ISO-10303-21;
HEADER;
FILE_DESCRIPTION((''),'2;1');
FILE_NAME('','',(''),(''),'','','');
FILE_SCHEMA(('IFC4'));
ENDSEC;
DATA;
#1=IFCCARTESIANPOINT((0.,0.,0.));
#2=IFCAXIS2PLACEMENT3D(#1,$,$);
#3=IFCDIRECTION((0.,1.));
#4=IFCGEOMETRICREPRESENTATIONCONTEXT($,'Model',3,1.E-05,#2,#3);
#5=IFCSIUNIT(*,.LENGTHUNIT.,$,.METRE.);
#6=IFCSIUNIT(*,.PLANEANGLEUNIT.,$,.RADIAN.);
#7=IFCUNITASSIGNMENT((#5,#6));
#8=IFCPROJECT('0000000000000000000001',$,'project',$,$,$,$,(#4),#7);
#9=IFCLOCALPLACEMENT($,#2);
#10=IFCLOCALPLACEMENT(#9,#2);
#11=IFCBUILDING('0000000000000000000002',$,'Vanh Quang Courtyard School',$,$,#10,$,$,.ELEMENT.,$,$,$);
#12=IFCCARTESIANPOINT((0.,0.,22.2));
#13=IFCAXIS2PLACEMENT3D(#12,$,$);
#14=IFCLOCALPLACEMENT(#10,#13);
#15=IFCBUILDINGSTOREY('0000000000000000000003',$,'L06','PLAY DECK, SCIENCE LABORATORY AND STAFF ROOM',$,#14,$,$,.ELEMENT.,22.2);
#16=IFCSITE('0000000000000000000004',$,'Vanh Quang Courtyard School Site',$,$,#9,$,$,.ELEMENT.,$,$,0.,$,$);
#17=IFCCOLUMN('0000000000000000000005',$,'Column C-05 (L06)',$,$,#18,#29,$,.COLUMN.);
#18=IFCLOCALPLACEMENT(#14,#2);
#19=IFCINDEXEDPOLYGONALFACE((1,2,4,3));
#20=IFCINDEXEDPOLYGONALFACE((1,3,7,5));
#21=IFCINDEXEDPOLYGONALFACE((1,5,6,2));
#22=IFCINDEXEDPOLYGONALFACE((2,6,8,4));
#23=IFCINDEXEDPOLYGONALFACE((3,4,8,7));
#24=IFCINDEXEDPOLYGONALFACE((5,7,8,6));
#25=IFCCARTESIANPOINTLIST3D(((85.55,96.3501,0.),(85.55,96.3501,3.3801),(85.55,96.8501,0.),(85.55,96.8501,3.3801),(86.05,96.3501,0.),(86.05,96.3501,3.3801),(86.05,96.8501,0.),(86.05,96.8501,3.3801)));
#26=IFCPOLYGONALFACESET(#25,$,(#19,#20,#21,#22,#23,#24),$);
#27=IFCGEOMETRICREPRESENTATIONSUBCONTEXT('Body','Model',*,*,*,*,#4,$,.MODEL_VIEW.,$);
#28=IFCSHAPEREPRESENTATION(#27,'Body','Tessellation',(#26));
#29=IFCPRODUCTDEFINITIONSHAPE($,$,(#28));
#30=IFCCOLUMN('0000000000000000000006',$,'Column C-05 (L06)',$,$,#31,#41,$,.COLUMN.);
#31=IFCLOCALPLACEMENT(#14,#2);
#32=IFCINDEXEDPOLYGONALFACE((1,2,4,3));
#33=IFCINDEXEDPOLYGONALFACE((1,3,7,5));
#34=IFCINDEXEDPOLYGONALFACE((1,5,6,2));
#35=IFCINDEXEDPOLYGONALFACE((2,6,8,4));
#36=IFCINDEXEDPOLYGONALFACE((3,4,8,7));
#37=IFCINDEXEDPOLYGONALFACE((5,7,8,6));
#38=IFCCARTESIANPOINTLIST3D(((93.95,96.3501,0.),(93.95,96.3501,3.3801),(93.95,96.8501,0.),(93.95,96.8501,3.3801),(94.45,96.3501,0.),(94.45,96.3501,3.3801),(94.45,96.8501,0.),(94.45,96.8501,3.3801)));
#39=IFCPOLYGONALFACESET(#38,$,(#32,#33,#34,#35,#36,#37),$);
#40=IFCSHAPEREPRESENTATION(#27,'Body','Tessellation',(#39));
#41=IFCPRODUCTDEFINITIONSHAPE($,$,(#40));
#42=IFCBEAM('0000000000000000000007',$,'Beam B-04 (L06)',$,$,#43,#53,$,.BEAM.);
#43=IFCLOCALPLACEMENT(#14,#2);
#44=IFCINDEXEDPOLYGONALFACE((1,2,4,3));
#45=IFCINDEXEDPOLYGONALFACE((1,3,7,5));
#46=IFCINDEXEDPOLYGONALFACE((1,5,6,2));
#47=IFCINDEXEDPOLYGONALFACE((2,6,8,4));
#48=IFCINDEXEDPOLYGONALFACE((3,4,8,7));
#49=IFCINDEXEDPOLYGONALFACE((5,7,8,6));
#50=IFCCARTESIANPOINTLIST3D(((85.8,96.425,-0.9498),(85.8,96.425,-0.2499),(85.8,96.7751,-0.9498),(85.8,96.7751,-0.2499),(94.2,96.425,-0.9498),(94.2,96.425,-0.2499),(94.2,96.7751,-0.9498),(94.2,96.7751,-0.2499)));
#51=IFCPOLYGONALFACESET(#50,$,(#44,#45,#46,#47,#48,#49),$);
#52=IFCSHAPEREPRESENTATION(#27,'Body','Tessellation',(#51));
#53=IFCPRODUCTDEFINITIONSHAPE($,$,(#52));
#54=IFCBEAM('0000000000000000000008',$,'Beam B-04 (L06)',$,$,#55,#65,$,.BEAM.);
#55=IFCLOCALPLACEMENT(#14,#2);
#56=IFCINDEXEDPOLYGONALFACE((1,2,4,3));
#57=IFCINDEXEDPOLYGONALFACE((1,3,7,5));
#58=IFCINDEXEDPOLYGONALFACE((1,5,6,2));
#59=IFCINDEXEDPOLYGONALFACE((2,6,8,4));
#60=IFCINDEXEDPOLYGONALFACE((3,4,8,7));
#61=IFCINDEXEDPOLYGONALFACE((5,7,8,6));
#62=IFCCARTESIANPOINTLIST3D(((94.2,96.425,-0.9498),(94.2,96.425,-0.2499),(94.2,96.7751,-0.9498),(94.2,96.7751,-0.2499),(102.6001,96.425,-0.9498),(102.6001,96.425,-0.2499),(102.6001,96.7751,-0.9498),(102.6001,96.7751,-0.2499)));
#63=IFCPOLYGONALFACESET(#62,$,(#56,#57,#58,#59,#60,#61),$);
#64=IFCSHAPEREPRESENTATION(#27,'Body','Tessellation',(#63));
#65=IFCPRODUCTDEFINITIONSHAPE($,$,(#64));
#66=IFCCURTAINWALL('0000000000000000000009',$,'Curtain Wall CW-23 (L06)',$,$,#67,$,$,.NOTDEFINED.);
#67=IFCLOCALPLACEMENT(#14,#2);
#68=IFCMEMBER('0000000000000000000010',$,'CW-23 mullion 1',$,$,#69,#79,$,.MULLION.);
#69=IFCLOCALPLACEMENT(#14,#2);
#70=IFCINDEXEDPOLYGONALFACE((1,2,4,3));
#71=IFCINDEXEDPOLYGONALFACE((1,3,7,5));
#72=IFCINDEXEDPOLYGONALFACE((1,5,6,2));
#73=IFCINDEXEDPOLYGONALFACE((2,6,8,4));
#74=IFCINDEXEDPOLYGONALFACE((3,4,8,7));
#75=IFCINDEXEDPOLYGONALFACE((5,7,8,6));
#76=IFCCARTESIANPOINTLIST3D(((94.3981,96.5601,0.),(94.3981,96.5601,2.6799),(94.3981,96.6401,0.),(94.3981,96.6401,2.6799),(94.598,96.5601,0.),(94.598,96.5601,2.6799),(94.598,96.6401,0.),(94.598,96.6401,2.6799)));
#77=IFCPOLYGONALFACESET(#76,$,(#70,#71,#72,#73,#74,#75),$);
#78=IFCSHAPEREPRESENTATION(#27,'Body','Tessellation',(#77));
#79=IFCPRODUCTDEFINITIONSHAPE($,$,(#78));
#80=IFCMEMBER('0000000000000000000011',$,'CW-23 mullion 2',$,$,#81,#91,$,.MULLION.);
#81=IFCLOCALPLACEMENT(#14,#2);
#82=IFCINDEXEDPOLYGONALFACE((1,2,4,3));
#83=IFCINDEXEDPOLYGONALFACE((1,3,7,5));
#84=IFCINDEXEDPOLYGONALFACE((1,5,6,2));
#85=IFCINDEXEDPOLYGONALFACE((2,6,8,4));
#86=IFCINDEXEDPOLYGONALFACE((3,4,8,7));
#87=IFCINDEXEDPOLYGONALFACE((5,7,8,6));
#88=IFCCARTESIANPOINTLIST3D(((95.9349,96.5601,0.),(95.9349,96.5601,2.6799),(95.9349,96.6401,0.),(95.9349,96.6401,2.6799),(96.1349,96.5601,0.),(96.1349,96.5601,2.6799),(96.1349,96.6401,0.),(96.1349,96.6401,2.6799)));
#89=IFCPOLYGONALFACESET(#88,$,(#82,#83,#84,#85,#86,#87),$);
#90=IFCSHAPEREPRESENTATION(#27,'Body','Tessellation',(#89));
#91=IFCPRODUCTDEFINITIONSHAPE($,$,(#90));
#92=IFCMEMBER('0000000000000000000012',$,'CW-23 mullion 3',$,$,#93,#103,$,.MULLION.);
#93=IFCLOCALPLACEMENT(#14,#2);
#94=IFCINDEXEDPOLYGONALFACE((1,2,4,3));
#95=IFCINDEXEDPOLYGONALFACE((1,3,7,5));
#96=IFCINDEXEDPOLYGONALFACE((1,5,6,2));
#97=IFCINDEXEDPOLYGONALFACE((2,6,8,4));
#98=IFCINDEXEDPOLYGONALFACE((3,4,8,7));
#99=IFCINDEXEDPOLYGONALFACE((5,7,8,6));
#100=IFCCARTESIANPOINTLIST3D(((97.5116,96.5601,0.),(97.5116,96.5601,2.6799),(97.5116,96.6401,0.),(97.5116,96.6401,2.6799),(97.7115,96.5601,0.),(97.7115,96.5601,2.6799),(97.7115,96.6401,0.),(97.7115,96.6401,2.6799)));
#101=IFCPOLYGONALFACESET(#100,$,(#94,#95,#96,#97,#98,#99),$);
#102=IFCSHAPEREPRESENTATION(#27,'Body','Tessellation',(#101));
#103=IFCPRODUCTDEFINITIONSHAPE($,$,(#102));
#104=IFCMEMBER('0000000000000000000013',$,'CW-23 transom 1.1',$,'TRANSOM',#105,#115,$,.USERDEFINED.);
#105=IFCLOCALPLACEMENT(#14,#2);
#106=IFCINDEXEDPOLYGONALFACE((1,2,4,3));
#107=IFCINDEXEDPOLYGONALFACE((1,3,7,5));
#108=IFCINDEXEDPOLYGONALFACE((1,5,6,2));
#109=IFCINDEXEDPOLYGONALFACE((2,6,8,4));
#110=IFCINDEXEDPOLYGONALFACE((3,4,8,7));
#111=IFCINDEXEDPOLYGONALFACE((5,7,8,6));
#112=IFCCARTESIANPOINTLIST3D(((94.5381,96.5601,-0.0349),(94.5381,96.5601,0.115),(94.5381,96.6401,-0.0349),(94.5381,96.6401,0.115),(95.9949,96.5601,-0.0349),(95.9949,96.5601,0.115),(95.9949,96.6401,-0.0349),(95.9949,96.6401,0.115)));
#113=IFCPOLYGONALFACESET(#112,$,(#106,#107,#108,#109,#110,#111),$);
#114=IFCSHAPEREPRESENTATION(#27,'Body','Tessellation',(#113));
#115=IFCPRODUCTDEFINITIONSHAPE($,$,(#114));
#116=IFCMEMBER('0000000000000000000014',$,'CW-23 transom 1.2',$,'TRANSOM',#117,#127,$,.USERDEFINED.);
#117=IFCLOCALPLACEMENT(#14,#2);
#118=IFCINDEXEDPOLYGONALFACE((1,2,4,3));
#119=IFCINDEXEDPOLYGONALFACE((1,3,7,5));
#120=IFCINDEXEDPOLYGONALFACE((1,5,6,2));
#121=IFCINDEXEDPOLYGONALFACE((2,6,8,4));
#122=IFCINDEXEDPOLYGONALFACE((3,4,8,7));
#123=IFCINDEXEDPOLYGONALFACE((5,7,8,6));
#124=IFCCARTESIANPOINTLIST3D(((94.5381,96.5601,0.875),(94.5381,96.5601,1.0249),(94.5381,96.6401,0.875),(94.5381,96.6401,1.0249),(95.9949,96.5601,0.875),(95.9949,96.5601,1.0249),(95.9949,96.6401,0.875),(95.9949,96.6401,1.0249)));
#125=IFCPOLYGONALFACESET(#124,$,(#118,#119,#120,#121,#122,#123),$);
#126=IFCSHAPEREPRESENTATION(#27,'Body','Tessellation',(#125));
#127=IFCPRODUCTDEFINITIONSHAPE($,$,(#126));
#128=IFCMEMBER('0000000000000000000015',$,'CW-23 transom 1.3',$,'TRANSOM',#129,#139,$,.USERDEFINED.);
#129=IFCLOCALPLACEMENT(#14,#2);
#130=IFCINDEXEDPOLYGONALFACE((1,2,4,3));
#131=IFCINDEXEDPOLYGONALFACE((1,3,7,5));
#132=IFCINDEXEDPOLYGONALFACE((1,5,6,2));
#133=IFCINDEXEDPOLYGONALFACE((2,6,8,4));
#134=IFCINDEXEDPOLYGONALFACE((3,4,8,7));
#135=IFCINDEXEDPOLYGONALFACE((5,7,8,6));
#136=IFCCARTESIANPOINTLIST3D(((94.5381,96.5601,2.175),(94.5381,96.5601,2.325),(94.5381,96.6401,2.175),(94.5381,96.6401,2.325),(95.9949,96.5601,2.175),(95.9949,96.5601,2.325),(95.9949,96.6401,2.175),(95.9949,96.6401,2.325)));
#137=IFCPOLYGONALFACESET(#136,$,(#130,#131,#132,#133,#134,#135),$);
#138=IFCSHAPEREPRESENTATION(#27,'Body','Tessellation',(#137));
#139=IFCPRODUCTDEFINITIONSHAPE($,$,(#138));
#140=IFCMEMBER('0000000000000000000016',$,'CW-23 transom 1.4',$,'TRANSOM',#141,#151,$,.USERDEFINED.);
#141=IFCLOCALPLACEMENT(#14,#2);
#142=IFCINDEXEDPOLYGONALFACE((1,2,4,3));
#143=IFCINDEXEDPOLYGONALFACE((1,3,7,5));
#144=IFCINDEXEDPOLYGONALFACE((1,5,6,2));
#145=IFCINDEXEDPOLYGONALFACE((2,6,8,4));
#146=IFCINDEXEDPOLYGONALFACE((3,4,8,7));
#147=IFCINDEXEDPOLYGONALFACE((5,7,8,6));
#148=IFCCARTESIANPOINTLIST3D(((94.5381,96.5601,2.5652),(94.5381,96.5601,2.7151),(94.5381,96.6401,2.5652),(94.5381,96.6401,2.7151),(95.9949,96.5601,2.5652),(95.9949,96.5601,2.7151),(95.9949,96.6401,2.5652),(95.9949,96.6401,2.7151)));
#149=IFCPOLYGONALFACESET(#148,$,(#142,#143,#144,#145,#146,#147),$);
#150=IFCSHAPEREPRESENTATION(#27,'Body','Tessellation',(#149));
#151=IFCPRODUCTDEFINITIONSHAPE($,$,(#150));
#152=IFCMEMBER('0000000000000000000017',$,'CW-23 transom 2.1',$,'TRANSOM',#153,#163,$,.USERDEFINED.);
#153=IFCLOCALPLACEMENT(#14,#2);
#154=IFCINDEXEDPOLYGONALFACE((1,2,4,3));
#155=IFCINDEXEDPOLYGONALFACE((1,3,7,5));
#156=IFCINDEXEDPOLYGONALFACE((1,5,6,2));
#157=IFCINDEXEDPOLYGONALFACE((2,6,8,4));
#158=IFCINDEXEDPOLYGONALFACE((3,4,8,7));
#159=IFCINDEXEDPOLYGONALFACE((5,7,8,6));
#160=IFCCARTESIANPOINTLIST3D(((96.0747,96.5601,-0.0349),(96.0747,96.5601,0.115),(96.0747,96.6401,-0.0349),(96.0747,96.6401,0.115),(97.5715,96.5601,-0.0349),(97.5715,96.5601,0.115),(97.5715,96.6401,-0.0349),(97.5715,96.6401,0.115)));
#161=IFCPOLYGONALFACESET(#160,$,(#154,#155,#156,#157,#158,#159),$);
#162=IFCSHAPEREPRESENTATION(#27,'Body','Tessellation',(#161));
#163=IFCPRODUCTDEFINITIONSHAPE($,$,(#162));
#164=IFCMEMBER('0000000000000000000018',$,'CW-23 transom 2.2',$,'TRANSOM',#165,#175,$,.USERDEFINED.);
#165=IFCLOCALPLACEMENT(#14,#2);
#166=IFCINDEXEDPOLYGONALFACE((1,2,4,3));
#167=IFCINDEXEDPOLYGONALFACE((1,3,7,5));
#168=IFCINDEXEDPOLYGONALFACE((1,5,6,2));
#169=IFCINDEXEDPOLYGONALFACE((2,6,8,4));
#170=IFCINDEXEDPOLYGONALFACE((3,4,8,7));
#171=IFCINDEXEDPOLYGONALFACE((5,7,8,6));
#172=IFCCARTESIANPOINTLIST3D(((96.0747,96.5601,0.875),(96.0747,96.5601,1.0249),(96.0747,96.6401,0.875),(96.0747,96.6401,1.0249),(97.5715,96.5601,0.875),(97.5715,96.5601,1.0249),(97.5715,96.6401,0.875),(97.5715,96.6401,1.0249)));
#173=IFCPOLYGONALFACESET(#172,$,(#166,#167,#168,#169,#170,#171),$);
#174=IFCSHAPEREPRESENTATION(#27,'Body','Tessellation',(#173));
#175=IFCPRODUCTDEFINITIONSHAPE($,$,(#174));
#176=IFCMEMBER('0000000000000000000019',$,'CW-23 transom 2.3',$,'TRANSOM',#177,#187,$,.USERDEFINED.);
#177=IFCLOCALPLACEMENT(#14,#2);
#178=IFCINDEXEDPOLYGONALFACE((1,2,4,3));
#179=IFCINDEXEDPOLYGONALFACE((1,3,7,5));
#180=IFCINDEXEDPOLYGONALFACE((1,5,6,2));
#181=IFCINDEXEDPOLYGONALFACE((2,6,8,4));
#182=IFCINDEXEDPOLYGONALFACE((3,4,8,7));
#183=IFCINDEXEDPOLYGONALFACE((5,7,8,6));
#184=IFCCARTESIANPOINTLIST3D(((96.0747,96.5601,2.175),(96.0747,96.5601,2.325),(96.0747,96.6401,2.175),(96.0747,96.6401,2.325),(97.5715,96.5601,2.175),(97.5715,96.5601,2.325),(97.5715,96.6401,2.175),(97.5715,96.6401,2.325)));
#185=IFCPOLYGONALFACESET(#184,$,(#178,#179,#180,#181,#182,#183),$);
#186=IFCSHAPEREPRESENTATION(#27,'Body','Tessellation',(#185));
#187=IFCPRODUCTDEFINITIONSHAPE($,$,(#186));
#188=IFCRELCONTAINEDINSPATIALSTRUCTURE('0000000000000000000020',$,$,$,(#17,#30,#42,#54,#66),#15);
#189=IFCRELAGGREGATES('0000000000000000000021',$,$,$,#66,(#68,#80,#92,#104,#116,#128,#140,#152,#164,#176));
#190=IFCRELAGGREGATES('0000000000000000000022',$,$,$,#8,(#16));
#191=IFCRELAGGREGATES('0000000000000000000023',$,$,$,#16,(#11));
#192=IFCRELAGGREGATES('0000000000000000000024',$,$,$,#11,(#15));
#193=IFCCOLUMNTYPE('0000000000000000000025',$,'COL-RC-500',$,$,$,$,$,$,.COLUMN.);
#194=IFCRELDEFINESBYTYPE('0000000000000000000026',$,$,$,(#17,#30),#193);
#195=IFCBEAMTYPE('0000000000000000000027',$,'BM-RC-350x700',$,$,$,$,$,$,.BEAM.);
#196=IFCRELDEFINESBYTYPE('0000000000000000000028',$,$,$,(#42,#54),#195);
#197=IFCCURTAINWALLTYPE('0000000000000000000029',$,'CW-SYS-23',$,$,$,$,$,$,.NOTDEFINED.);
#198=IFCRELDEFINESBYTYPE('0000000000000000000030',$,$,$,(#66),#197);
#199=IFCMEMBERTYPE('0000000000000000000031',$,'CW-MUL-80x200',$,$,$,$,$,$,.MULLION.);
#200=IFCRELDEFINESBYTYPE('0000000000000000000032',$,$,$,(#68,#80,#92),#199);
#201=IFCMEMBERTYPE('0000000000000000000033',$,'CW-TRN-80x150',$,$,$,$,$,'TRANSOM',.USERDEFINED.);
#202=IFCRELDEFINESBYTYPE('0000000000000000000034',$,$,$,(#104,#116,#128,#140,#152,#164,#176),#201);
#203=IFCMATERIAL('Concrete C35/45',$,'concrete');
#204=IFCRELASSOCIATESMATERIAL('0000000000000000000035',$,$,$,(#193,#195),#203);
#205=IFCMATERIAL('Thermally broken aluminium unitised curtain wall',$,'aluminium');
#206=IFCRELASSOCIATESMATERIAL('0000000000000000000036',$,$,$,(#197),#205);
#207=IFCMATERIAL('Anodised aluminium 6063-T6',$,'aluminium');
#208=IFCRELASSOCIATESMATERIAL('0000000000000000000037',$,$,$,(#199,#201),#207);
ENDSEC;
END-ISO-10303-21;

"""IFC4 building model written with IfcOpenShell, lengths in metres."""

from ifc_helpers import new_model, si_unit, direction, frame, origin, origin_2d, place, context, subcontext, project, spatial, rectangle, extrude, material, material_profile, profile_set, type_object, element, aggregate, save


model = new_model("IFC4")

# Units and contexts
model_context = context("Model", 3, precision=1e-05, world=origin(), true_north=direction((0.0, 1.0)))
body_context = subcontext(model_context, "Body", "Model", "MODEL_VIEW")
ifc_project = project(units=[si_unit("LENGTHUNIT", "METRE"), si_unit("PLANEANGLEUNIT", "RADIAN")], contexts=[model_context])

# Site, building, storey
site_placement = place(None, origin())
site = spatial("IfcSite", under=ifc_project, at=site_placement, Name="Vanh Quang Courtyard School Site", CompositionType="ELEMENT", RefElevation=0.0)
building_placement = place(site_placement, origin())
building = spatial("IfcBuilding", under=site, at=building_placement, Name="Vanh Quang Courtyard School", CompositionType="ELEMENT")
storey_placement = place(building_placement, frame((0.0, 0.0, 22.2)))
storey = spatial("IfcBuildingStorey", under=building, at=storey_placement, Name="L06", Description="PLAY DECK, SCIENCE LABORATORY AND STAFF ROOM", CompositionType="ELEMENT", Elevation=22.2)

# Columns
ifc_material_1 = material(Name="Concrete C35/45", Category="concrete")
ifc_material_profile_1 = material_profile(ifc_material_1, rectangle(XDim=0.5, YDim=0.5, at=origin_2d()), Name="RC-COL 500x500")
ifc_profile_set_1 = profile_set([ifc_material_profile_1], Name="Concrete C35/45")
column_type = type_object("IfcColumnType", Name="COL-RC-500", PredefinedType="COLUMN", material=ifc_profile_set_1)
for number, where, z_axis, x_axis, name in (
    (1, (85.8, 96.6001, 0.0), (0.0, 0.0, 1.0), (1.0, 0.0, 0.0), "Column C-05 (L06)"),
    (2, (94.2, 96.6001, 0.0), (0.0, 0.0, 1.0), (1.0, 0.0, 0.0), "Column C-05 (L06)"),
):
    element("IfcColumn", number, at=place(storey_placement, frame(where, z_axis=z_axis, x_axis=x_axis)), inside=storey, type_object=column_type, Name=name, PredefinedType="COLUMN", context=body_context, shape_type="SweptSolid", body=[
        extrude(rectangle(XDim=0.5, YDim=0.5, at=origin_2d()), origin(), (0.0, 0.0, 1.0), 3.3801),
    ])

# Beams
ifc_material_profile_2 = material_profile(ifc_material_1, rectangle(XDim=0.3501, YDim=0.7, at=origin_2d()), Name="RC-BM 350x700")
ifc_profile_set_2 = profile_set([ifc_material_profile_2], Name="Concrete C35/45")
beam_type = type_object("IfcBeamType", Name="BM-RC-350x700", PredefinedType="BEAM", material=ifc_profile_set_2)
beam_1_placement = place(storey_placement, frame((85.8, 96.6001, -0.5999), z_axis=(1.0, 0.0, 0.0), x_axis=(0.0, 1.0, 0.0)))
element("IfcBeam", 3, at=beam_1_placement, inside=storey, type_object=beam_type, Name="Beam B-04 (L06)", PredefinedType="BEAM", context=body_context, shape_type="SweptSolid", body=[
    extrude(rectangle(XDim=0.3501, YDim=0.7, at=origin_2d()), origin(), (0.0, 0.0, 1.0), 8.3999),
])
beam_2_placement = place(storey_placement, frame((94.2, 96.6001, -0.5999), z_axis=(1.0, 0.0, 0.0), x_axis=(0.0, 1.0, 0.0)))
element("IfcBeam", 4, at=beam_2_placement, inside=storey, type_object=beam_type, Name="Beam B-04 (L06)", PredefinedType="BEAM", context=body_context, shape_type="SweptSolid", body=[
    extrude(rectangle(XDim=0.3501, YDim=0.7, at=origin_2d()), origin(), (0.0, 0.0, 1.0), 8.4001),
])

# Curtain wall, members
ifc_material_2 = material(Name="Thermally broken aluminium unitised curtain wall", Category="aluminium")
curtain_wall_type = type_object("IfcCurtainWallType", Name="CW-SYS-23", PredefinedType="NOTDEFINED", material=ifc_material_2)
curtain_wall_placement = place(storey_placement, origin())
curtain_wall = element("IfcCurtainWall", 5, at=curtain_wall_placement, inside=storey, type_object=curtain_wall_type, Name="Curtain Wall CW-23 (L06)", PredefinedType="NOTDEFINED")
ifc_material_3 = material(Name="Anodised aluminium 6063-T6", Category="aluminium")
ifc_material_profile_3 = material_profile(ifc_material_3, rectangle(XDim=0.0801, YDim=0.2, at=origin_2d()), Name="ALU-MUL 80x200")
ifc_profile_set_3 = profile_set([ifc_material_profile_3], Name="Anodised aluminium 6063-T6")
member_type_1 = type_object("IfcMemberType", Name="CW-MUL-80x200", PredefinedType="MULLION", material=ifc_profile_set_3)
member_1_placement = place(storey_placement, frame((94.498, 96.6001, 0.0), z_axis=(0.0, 0.0, 1.0), x_axis=(0.0, 1.0, 0.0)))
member_1 = element("IfcMember", 6, at=member_1_placement, type_object=member_type_1, Name="CW-23 mullion 1", PredefinedType="MULLION", context=body_context, shape_type="SweptSolid", body=[
    extrude(rectangle(XDim=0.0801, YDim=0.2, at=origin_2d()), origin(), (0.0, 0.0, 1.0), 2.6799),
])
member_2_placement = place(storey_placement, frame((96.0349, 96.6001, 0.0), z_axis=(0.0, 0.0, 1.0), x_axis=(0.0, 1.0, 0.0)))
member_2 = element("IfcMember", 7, at=member_2_placement, type_object=member_type_1, Name="CW-23 mullion 2", PredefinedType="MULLION", context=body_context, shape_type="SweptSolid", body=[
    extrude(rectangle(XDim=0.0801, YDim=0.2, at=origin_2d()), origin(), (0.0, 0.0, 1.0), 2.6799),
])
member_3_placement = place(storey_placement, frame((97.6116, 96.6001, 0.0), z_axis=(0.0, 0.0, 1.0), x_axis=(0.0, 1.0, 0.0)))
member_3 = element("IfcMember", 8, at=member_3_placement, type_object=member_type_1, Name="CW-23 mullion 3", PredefinedType="MULLION", context=body_context, shape_type="SweptSolid", body=[
    extrude(rectangle(XDim=0.0801, YDim=0.2, at=origin_2d()), origin(), (0.0, 0.0, 1.0), 2.6799),
])
ifc_material_profile_4 = material_profile(ifc_material_3, rectangle(XDim=0.0801, YDim=0.1499, at=origin_2d()), Name="ALU-TRN 80x150")
ifc_profile_set_4 = profile_set([ifc_material_profile_4], Name="Anodised aluminium 6063-T6")
member_type_2 = type_object("IfcMemberType", Name="CW-TRN-80x150", ElementType="TRANSOM", PredefinedType="USERDEFINED", material=ifc_profile_set_4)
member_4_placement = place(storey_placement, frame((94.5381, 96.6001, 0.04), z_axis=(1.0, 0.0, 0.0), x_axis=(0.0, 1.0, 0.0)))
member_4 = element("IfcMember", 9, at=member_4_placement, type_object=member_type_2, Name="CW-23 transom 1.1", ObjectType="TRANSOM", PredefinedType="USERDEFINED", context=body_context, shape_type="SweptSolid", body=[
    extrude(rectangle(XDim=0.0801, YDim=0.1499, at=origin_2d()), origin(), (0.0, 0.0, 1.0), 1.4568),
])
member_5_placement = place(storey_placement, frame((94.5381, 96.6001, 0.95), z_axis=(1.0, 0.0, 0.0), x_axis=(0.0, 1.0, 0.0)))
member_5 = element("IfcMember", 10, at=member_5_placement, type_object=member_type_2, Name="CW-23 transom 1.2", ObjectType="TRANSOM", PredefinedType="USERDEFINED", context=body_context, shape_type="SweptSolid", body=[
    extrude(rectangle(XDim=0.0801, YDim=0.1499, at=origin_2d()), origin(), (0.0, 0.0, 1.0), 1.4568),
])
member_6_placement = place(storey_placement, frame((94.5381, 96.6001, 2.25), z_axis=(1.0, 0.0, 0.0), x_axis=(0.0, 1.0, 0.0)))
member_6 = element("IfcMember", 11, at=member_6_placement, type_object=member_type_2, Name="CW-23 transom 1.3", ObjectType="TRANSOM", PredefinedType="USERDEFINED", context=body_context, shape_type="SweptSolid", body=[
    extrude(rectangle(XDim=0.0801, YDim=0.1499, at=origin_2d()), origin(), (0.0, 0.0, 1.0), 1.4568),
])
member_7_placement = place(storey_placement, frame((94.5381, 96.6001, 2.6401), z_axis=(1.0, 0.0, 0.0), x_axis=(0.0, 1.0, 0.0)))
member_7 = element("IfcMember", 12, at=member_7_placement, type_object=member_type_2, Name="CW-23 transom 1.4", ObjectType="TRANSOM", PredefinedType="USERDEFINED", context=body_context, shape_type="SweptSolid", body=[
    extrude(rectangle(XDim=0.0801, YDim=0.1499, at=origin_2d()), origin(), (0.0, 0.0, 1.0), 1.4568),
])
member_8_placement = place(storey_placement, frame((96.0747, 96.6001, 0.04), z_axis=(1.0, 0.0, 0.0), x_axis=(0.0, 1.0, 0.0)))
member_8 = element("IfcMember", 13, at=member_8_placement, type_object=member_type_2, Name="CW-23 transom 2.1", ObjectType="TRANSOM", PredefinedType="USERDEFINED", context=body_context, shape_type="SweptSolid", body=[
    extrude(rectangle(XDim=0.0801, YDim=0.1499, at=origin_2d()), origin(), (0.0, 0.0, 1.0), 1.4968),
])
member_9_placement = place(storey_placement, frame((96.0747, 96.6001, 0.95), z_axis=(1.0, 0.0, 0.0), x_axis=(0.0, 1.0, 0.0)))
member_9 = element("IfcMember", 14, at=member_9_placement, type_object=member_type_2, Name="CW-23 transom 2.2", ObjectType="TRANSOM", PredefinedType="USERDEFINED", context=body_context, shape_type="SweptSolid", body=[
    extrude(rectangle(XDim=0.0801, YDim=0.1499, at=origin_2d()), origin(), (0.0, 0.0, 1.0), 1.4968),
])
member_10_placement = place(storey_placement, frame((96.0747, 96.6001, 2.25), z_axis=(1.0, 0.0, 0.0), x_axis=(0.0, 1.0, 0.0)))
member_10 = element("IfcMember", 15, at=member_10_placement, type_object=member_type_2, Name="CW-23 transom 2.3", ObjectType="TRANSOM", PredefinedType="USERDEFINED", context=body_context, shape_type="SweptSolid", body=[
    extrude(rectangle(XDim=0.0801, YDim=0.1499, at=origin_2d()), origin(), (0.0, 0.0, 1.0), 1.4968),
])
aggregate(curtain_wall, [member_1, member_2, member_3, member_4, member_5, member_6, member_7, member_8, member_9, member_10])

save(model, "model.ifc")
